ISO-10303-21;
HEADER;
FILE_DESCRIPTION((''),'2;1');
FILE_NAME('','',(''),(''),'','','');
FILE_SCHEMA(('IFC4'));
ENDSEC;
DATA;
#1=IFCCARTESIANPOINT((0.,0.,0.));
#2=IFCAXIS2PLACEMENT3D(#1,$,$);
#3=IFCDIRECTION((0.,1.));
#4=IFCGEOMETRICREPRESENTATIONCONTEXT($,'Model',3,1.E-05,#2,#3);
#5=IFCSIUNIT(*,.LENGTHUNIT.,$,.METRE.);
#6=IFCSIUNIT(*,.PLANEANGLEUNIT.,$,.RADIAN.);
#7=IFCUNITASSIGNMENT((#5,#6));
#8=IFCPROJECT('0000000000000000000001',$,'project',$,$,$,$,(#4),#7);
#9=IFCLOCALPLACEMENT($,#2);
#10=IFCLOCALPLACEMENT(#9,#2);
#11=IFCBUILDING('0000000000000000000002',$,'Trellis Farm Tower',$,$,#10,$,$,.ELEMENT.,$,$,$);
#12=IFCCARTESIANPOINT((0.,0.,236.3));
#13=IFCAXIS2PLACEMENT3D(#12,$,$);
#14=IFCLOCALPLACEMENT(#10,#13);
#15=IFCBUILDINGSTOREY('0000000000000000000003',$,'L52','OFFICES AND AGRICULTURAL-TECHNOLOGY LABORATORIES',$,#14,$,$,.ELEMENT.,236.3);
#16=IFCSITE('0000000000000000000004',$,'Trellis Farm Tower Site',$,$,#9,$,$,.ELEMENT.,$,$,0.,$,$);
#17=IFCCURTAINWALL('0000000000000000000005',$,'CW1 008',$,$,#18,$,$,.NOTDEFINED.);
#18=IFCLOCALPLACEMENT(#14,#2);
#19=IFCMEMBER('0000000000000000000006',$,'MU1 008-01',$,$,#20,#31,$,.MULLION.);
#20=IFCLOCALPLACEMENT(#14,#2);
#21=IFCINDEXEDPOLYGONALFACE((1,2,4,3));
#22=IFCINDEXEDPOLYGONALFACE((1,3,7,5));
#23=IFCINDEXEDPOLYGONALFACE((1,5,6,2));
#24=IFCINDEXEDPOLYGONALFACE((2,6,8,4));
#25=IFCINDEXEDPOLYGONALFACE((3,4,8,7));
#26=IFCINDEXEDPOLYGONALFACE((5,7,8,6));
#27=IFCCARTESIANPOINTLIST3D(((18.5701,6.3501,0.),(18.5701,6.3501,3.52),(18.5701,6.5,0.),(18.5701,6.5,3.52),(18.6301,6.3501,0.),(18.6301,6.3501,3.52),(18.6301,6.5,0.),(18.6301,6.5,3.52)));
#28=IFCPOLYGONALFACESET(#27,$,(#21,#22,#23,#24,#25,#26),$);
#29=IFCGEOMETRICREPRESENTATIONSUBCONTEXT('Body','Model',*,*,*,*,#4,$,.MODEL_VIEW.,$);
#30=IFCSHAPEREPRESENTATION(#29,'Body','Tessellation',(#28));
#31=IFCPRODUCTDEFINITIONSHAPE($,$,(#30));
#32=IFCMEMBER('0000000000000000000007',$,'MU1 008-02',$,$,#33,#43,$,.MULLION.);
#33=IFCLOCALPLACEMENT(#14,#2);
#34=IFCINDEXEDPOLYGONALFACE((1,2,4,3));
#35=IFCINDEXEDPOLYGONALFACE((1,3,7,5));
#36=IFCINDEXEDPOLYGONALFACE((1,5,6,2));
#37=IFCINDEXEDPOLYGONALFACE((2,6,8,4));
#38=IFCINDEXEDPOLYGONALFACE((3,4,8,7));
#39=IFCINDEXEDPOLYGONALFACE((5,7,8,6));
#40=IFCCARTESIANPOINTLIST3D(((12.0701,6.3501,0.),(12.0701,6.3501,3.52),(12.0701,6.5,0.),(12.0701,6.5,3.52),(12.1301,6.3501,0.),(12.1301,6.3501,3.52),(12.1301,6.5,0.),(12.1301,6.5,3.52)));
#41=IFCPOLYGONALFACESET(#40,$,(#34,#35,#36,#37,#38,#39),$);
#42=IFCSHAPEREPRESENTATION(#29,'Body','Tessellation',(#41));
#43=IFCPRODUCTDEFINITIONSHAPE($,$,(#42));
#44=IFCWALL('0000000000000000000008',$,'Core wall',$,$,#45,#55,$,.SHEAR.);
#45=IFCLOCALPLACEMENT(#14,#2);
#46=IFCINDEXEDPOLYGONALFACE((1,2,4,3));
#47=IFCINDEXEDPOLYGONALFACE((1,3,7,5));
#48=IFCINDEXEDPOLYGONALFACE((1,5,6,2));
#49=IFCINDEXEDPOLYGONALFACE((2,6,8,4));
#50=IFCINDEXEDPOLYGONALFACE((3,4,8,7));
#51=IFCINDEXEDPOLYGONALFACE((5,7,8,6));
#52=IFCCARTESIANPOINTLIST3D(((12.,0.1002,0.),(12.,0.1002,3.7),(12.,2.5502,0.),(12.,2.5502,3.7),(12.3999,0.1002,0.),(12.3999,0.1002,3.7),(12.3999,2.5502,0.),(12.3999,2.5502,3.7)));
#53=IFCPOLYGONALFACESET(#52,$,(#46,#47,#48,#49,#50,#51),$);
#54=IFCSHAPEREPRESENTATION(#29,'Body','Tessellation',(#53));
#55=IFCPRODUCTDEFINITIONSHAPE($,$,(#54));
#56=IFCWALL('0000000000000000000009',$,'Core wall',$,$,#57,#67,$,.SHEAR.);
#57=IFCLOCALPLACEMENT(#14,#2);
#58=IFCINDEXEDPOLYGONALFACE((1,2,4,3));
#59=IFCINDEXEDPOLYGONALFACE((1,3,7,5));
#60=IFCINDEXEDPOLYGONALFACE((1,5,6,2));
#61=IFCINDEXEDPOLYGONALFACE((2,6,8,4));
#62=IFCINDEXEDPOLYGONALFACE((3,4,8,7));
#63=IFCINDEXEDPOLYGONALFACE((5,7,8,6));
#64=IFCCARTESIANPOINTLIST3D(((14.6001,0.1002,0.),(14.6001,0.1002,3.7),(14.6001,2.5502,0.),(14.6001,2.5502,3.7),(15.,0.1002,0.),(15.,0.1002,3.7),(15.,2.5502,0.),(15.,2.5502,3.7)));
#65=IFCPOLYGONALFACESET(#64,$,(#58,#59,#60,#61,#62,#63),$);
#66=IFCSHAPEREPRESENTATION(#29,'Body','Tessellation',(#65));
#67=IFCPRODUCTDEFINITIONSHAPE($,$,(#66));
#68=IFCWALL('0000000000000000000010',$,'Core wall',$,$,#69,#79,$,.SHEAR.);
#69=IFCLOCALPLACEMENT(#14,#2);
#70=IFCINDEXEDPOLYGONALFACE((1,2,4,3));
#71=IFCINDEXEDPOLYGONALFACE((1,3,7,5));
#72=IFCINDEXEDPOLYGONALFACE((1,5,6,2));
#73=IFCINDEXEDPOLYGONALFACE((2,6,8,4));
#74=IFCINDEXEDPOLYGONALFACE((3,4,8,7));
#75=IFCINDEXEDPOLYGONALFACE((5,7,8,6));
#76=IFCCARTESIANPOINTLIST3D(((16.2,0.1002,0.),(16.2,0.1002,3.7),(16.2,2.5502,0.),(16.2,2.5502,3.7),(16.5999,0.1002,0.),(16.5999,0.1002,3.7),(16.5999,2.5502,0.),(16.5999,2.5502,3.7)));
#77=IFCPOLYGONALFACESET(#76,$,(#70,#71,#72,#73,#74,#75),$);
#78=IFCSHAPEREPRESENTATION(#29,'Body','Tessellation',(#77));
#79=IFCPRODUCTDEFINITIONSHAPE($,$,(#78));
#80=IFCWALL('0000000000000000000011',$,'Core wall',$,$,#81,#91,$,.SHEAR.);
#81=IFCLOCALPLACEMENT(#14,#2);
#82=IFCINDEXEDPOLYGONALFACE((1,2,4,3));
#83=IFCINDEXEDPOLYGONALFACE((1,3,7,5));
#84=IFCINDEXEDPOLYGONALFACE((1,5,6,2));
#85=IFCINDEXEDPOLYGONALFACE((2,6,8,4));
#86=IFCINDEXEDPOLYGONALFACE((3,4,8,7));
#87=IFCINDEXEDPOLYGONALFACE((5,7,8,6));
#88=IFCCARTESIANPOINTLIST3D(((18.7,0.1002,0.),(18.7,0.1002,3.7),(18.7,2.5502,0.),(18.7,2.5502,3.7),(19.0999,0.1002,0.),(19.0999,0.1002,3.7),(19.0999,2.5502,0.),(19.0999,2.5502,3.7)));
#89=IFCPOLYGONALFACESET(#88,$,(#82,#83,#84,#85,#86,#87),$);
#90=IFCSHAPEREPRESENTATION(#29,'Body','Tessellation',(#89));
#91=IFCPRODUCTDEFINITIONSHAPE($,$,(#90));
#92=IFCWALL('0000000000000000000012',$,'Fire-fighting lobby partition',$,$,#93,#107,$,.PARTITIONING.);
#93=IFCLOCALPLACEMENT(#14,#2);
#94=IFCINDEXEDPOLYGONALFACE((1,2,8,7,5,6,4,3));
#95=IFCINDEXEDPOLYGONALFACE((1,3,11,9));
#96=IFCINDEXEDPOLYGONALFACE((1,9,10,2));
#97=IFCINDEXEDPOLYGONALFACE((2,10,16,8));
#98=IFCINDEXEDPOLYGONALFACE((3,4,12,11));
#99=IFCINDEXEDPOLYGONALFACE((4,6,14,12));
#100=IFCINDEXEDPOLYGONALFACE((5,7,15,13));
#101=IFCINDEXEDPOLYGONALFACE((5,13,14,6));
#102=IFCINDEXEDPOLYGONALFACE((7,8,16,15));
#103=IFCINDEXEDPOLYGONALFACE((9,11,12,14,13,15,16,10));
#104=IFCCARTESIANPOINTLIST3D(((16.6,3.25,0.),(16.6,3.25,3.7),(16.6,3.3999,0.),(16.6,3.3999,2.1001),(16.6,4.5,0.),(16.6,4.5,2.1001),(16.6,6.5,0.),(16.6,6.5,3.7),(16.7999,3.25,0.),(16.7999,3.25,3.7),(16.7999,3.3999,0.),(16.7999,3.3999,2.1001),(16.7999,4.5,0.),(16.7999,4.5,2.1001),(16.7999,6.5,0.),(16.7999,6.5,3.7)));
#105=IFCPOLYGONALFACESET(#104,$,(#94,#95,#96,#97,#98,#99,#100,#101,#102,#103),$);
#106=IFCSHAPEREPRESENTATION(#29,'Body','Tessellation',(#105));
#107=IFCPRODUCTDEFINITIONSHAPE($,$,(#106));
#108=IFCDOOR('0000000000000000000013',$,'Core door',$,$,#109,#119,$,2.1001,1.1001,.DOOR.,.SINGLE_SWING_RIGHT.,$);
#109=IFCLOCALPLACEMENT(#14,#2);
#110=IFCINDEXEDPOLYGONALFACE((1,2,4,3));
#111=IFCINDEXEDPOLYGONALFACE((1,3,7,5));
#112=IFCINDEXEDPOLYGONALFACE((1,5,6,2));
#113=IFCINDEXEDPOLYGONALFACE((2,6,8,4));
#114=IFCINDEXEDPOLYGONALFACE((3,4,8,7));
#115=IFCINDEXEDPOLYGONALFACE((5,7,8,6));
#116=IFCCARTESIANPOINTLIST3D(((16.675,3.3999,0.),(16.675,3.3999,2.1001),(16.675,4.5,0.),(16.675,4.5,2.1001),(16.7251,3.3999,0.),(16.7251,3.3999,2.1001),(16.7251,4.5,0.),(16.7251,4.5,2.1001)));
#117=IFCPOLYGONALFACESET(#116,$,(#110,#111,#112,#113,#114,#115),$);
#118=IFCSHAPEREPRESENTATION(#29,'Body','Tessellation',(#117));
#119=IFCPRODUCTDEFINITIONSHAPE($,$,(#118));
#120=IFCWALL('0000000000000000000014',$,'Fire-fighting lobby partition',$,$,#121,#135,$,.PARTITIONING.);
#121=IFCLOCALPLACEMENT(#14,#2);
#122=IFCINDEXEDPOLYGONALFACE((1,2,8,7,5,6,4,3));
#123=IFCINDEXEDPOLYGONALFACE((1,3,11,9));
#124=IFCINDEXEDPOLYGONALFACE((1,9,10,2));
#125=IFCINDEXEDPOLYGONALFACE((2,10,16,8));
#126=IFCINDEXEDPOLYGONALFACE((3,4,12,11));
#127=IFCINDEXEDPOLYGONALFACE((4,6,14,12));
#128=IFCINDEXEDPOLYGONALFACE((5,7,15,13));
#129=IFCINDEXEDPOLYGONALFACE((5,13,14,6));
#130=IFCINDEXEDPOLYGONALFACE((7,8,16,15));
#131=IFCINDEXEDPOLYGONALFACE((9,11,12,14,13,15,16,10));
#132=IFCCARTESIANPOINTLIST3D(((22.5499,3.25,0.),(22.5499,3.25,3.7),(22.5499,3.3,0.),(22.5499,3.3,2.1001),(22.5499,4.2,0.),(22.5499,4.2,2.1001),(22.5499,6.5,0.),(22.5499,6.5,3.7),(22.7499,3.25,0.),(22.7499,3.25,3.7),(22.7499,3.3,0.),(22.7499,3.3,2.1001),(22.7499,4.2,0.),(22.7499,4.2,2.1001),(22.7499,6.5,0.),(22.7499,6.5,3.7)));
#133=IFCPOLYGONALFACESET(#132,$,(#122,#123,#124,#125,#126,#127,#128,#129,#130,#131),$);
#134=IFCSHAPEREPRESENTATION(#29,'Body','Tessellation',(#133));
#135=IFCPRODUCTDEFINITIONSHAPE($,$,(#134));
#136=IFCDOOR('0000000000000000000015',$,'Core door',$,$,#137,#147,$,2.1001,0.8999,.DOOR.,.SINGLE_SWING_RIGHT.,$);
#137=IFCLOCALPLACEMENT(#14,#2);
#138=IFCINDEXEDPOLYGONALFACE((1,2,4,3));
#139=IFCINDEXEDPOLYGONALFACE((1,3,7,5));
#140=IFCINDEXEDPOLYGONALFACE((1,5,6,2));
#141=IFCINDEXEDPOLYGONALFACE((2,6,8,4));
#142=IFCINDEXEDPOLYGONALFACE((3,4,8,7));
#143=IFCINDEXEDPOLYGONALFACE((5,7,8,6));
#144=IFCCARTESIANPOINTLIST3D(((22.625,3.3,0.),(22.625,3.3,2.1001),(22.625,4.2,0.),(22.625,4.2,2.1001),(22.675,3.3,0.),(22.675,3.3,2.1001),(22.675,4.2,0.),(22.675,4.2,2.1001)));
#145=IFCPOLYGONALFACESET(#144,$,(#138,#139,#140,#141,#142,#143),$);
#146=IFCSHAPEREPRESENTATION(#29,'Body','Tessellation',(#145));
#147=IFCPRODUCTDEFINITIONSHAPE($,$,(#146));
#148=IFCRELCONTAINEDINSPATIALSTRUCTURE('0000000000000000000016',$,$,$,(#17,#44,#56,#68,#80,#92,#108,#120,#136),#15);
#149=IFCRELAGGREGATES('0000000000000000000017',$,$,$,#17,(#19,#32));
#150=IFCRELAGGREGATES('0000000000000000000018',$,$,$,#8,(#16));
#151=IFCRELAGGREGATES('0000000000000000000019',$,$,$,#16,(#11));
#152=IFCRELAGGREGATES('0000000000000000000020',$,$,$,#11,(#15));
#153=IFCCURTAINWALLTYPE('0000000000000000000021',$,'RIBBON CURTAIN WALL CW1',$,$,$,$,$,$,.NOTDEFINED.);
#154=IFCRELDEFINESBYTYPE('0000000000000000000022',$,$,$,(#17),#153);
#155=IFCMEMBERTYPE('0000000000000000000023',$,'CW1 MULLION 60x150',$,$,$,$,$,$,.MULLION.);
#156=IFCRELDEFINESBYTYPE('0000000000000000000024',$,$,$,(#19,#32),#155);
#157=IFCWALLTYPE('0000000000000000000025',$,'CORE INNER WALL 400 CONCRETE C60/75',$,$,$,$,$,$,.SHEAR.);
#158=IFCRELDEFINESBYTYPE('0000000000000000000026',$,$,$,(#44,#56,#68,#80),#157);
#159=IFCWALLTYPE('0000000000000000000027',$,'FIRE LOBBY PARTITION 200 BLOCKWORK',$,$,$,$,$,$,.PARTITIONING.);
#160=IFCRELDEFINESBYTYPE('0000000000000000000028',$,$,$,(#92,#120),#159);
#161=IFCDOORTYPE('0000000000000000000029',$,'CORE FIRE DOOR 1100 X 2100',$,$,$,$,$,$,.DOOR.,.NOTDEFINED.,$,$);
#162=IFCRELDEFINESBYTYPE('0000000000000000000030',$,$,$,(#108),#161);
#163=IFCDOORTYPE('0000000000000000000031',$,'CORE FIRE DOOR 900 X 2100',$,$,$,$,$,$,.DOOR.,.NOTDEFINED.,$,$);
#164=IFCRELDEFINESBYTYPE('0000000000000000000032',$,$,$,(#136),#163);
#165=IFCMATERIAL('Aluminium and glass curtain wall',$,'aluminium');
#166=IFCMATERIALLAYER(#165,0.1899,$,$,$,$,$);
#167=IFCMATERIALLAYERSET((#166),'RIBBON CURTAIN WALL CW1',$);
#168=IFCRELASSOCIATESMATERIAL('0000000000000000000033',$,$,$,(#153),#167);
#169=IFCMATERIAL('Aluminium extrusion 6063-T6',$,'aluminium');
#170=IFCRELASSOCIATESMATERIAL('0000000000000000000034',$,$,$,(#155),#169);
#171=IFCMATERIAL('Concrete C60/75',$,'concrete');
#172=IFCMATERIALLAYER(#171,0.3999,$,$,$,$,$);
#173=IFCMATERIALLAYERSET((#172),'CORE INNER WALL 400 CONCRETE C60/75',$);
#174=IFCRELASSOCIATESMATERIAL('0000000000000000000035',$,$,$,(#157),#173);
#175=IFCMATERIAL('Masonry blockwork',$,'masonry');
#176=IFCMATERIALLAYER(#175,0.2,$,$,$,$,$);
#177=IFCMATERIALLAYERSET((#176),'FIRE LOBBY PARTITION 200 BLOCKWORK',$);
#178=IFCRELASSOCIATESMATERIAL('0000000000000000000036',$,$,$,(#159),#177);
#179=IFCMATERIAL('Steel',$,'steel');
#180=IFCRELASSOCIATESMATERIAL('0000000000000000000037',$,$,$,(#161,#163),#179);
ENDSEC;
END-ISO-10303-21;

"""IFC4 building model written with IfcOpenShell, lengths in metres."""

from ifc_helpers import new_model, si_unit, direction, frame, frame_2d, origin, origin_2d, place, context, subcontext, project, spatial, rectangle, extrude, source, transform, mapped, material, layer, layer_set, material_profile, profile_set, type_object, element, fill, aggregate, save


model = new_model("IFC4")

# Units and contexts
model_context = context("Model", 3, precision=1e-05, world=origin(), true_north=direction((0.0, 1.0)))
body_context = subcontext(model_context, "Body", "Model", "MODEL_VIEW")
ifc_project = project(units=[si_unit("LENGTHUNIT", "METRE"), si_unit("PLANEANGLEUNIT", "RADIAN")], contexts=[model_context])

# Site, building, storey
site_placement = place(None, origin())
site = spatial("IfcSite", under=ifc_project, at=site_placement, Name="Trellis Farm Tower Site", CompositionType="ELEMENT", RefElevation=0.0)
building_placement = place(site_placement, origin())
building = spatial("IfcBuilding", under=site, at=building_placement, Name="Trellis Farm Tower", CompositionType="ELEMENT")
storey_placement = place(building_placement, frame((0.0, 0.0, 236.3)))
storey = spatial("IfcBuildingStorey", under=building, at=storey_placement, Name="L52", Description="OFFICES AND AGRICULTURAL-TECHNOLOGY LABORATORIES", CompositionType="ELEMENT", Elevation=236.3)

# Shared definitions
ifc_material_1 = material(Name="Concrete C60/75", Category="concrete")

# Curtain wall, members
ifc_material_2 = material(Name="Aluminium and glass curtain wall", Category="aluminium")
ifc_layer_1 = layer(ifc_material_2, 0.1899)
ifc_layer_set_1 = layer_set([ifc_layer_1], Name="RIBBON CURTAIN WALL CW1")
curtain_wall_type = type_object("IfcCurtainWallType", Name="RIBBON CURTAIN WALL CW1", PredefinedType="NOTDEFINED", material=ifc_layer_set_1)
placement = place(storey_placement, origin())
ifc_material_3 = material(Name="Aluminium extrusion 6063-T6", Category="aluminium")
ifc_material_profile_1 = material_profile(ifc_material_3, rectangle(XDim=0.0601, YDim=0.1499, at=origin_2d()), Name="MULLION 60x150")
ifc_profile_set_1 = profile_set([ifc_material_profile_1], Name="Aluminium extrusion 6063-T6")
member_type = type_object("IfcMemberType", Name="CW1 MULLION 60x150", PredefinedType="MULLION", material=ifc_profile_set_1)
shared_shape_1 = source(origin(), body_context, "Body", "SweptSolid", [
    extrude(rectangle(XDim=0.0601, YDim=0.1499, at=origin_2d()), origin(), (0.0, 0.0, 1.0), 3.52),
])
curtain_wall_1 = element("IfcCurtainWall", 1, at=placement, inside=storey, type_object=curtain_wall_type, Name="CW1 008", PredefinedType="NOTDEFINED")
member_1_placement = place(storey_placement, frame((18.6001, 6.425, 0.0), z_axis=(0.0, 0.0, 1.0), x_axis=(-1.0, 0.0, 0.0)))
member_1 = element("IfcMember", 2, at=member_1_placement, type_object=member_type, Name="MU1 008-01", PredefinedType="MULLION", context=body_context, shape_type="MappedRepresentation", body=[
    mapped(shared_shape_1, transform((0.0, 0.0, 0.0))),
])
member_2_placement = place(storey_placement, frame((12.1001, 6.425, 0.0), z_axis=(0.0, 0.0, 1.0), x_axis=(-1.0, 0.0, 0.0)))
member_2 = element("IfcMember", 3, at=member_2_placement, type_object=member_type, Name="MU1 008-02", PredefinedType="MULLION", context=body_context, shape_type="MappedRepresentation", body=[
    mapped(shared_shape_1, transform((0.0, 0.0, 0.0))),
])
aggregate(curtain_wall_1, [member_1, member_2])

# Walls
ifc_layer_2 = layer(ifc_material_1, 0.3999)
ifc_layer_set_2 = layer_set([ifc_layer_2], Name="CORE INNER WALL 400 CONCRETE C60/75")
wall_type_1 = type_object("IfcWallType", Name="CORE INNER WALL 400 CONCRETE C60/75", PredefinedType="SHEAR", material=ifc_layer_set_2)
shared_shape_2 = source(origin(), body_context, "Body", "SweptSolid", [
    extrude(rectangle(XDim=2.45, YDim=0.3999, at=frame_2d((1.2251, 0.0))), origin(), (0.0, 0.0, 1.0), 3.7),
])
for number, where, z_axis, x_axis, name in (
    (4, (12.2, 0.1001, 0.0), (0.0, 0.0, 1.0), (0.0, 1.0, 0.0), "Core wall"),
    (5, (14.8, 0.1001, 0.0), (0.0, 0.0, 1.0), (0.0, 1.0, 0.0), "Core wall"),
    (6, (16.3999, 0.1001, 0.0), (0.0, 0.0, 1.0), (0.0, 1.0, 0.0), "Core wall"),
    (7, (18.8999, 0.1001, 0.0), (0.0, 0.0, 1.0), (0.0, 1.0, 0.0), "Core wall"),
):
    element("IfcWall", number, at=place(storey_placement, frame(where, z_axis=z_axis, x_axis=x_axis)), inside=storey, type_object=wall_type_1, Name=name, PredefinedType="SHEAR", context=body_context, shape_type="MappedRepresentation", body=[
        mapped(shared_shape_2, transform((0.0, 0.0, 0.0))),
    ])

# Walls, openings, doors
ifc_material_4 = material(Name="Masonry blockwork", Category="masonry")
ifc_layer_3 = layer(ifc_material_4, 0.2)
ifc_layer_set_3 = layer_set([ifc_layer_3], Name="FIRE LOBBY PARTITION 200 BLOCKWORK")
wall_type_2 = type_object("IfcWallType", Name="FIRE LOBBY PARTITION 200 BLOCKWORK", PredefinedType="PARTITIONING", material=ifc_layer_set_3)
shared_shape_3 = source(origin(), body_context, "Body", "SweptSolid", [
    extrude(rectangle(XDim=3.25, YDim=0.2, at=frame_2d((1.625, 0.0))), origin(), (0.0, 0.0, 1.0), 3.7),
])
wall_1_placement = place(storey_placement, frame((16.7, 3.25, 0.0), z_axis=(0.0, 0.0, 1.0), x_axis=(0.0, 1.0, 0.0)))
wall_1 = element("IfcWall", 8, at=wall_1_placement, inside=storey, type_object=wall_type_2, Name="Fire-fighting lobby partition", PredefinedType="PARTITIONING", context=body_context, shape_type="MappedRepresentation", body=[
    mapped(shared_shape_3, transform((0.0, 0.0, 0.0))),
])
shared_shape_4 = source(origin(), body_context, "Body", "SweptSolid", [
    extrude(rectangle(XDim=1.1001, YDim=2.1001, at=frame_2d((0.55, 1.05))), frame((0.0, 0.1101, 0.0), z_axis=(0.0, -1.0, 0.0), x_axis=(1.0, 0.0, 0.0)), (0.0, 0.0, 1.0), 0.2202),
])
opening_1_placement = place(wall_1_placement, frame((0.1499, 0.0, 0.0)))
opening_1 = element("IfcOpeningElement", 9, at=opening_1_placement, cuts=wall_1, PredefinedType="OPENING", context=body_context, shape_type="MappedRepresentation", body=[
    mapped(shared_shape_4, transform((0.0, 0.0, 0.0))),
])
ifc_material_5 = material(Name="Steel", Category="steel")
door_type_1 = type_object("IfcDoorType", Name="CORE FIRE DOOR 1100 X 2100", OperationType="NOTDEFINED", PredefinedType="DOOR", material=ifc_material_5)
shared_shape_5 = source(origin(), body_context, "Body", "SweptSolid", [
    extrude(rectangle(XDim=1.1001, YDim=2.1001, at=frame_2d((0.55, 1.05))), frame((0.0, 0.0249, 0.0), z_axis=(0.0, -1.0, 0.0), x_axis=(1.0, 0.0, 0.0)), (0.0, 0.0, 1.0), 0.05),
])
door_1_placement = place(opening_1_placement, origin())
door_1 = element("IfcDoor", 10, at=door_1_placement, inside=storey, type_object=door_type_1, Name="Core door", OperationType="SINGLE_SWING_RIGHT", OverallHeight=2.1001, OverallWidth=1.1001, PredefinedType="DOOR", context=body_context, shape_type="MappedRepresentation", body=[
    mapped(shared_shape_5, transform((0.0, 0.0, 0.0))),
])
fill(opening_1, door_1)
wall_2_placement = place(storey_placement, frame((22.6499, 3.25, 0.0), z_axis=(0.0, 0.0, 1.0), x_axis=(0.0, 1.0, 0.0)))
wall_2 = element("IfcWall", 11, at=wall_2_placement, inside=storey, type_object=wall_type_2, Name="Fire-fighting lobby partition", PredefinedType="PARTITIONING", context=body_context, shape_type="MappedRepresentation", body=[
    mapped(shared_shape_3, transform((0.0, 0.0, 0.0))),
])
shared_shape_6 = source(origin(), body_context, "Body", "SweptSolid", [
    extrude(rectangle(XDim=0.8999, YDim=2.1001, at=frame_2d((0.45, 1.05))), frame((0.0, 0.1101, 0.0), z_axis=(0.0, -1.0, 0.0), x_axis=(1.0, 0.0, 0.0)), (0.0, 0.0, 1.0), 0.2202),
])
opening_2_placement = place(wall_2_placement, frame((0.05, 0.0, 0.0)))
opening_2 = element("IfcOpeningElement", 12, at=opening_2_placement, cuts=wall_2, PredefinedType="OPENING", context=body_context, shape_type="MappedRepresentation", body=[
    mapped(shared_shape_6, transform((0.0, 0.0, 0.0))),
])
door_type_2 = type_object("IfcDoorType", Name="CORE FIRE DOOR 900 X 2100", OperationType="NOTDEFINED", PredefinedType="DOOR", material=ifc_material_5)
shared_shape_7 = source(origin(), body_context, "Body", "SweptSolid", [
    extrude(rectangle(XDim=0.8999, YDim=2.1001, at=frame_2d((0.45, 1.05))), frame((0.0, 0.0249, 0.0), z_axis=(0.0, -1.0, 0.0), x_axis=(1.0, 0.0, 0.0)), (0.0, 0.0, 1.0), 0.05),
])
door_2_placement = place(opening_2_placement, origin())
door_2 = element("IfcDoor", 13, at=door_2_placement, inside=storey, type_object=door_type_2, Name="Core door", OperationType="SINGLE_SWING_RIGHT", OverallHeight=2.1001, OverallWidth=0.8999, PredefinedType="DOOR", context=body_context, shape_type="MappedRepresentation", body=[
    mapped(shared_shape_7, transform((0.0, 0.0, 0.0))),
])
fill(opening_2, door_2)

save(model, "model.ifc")
